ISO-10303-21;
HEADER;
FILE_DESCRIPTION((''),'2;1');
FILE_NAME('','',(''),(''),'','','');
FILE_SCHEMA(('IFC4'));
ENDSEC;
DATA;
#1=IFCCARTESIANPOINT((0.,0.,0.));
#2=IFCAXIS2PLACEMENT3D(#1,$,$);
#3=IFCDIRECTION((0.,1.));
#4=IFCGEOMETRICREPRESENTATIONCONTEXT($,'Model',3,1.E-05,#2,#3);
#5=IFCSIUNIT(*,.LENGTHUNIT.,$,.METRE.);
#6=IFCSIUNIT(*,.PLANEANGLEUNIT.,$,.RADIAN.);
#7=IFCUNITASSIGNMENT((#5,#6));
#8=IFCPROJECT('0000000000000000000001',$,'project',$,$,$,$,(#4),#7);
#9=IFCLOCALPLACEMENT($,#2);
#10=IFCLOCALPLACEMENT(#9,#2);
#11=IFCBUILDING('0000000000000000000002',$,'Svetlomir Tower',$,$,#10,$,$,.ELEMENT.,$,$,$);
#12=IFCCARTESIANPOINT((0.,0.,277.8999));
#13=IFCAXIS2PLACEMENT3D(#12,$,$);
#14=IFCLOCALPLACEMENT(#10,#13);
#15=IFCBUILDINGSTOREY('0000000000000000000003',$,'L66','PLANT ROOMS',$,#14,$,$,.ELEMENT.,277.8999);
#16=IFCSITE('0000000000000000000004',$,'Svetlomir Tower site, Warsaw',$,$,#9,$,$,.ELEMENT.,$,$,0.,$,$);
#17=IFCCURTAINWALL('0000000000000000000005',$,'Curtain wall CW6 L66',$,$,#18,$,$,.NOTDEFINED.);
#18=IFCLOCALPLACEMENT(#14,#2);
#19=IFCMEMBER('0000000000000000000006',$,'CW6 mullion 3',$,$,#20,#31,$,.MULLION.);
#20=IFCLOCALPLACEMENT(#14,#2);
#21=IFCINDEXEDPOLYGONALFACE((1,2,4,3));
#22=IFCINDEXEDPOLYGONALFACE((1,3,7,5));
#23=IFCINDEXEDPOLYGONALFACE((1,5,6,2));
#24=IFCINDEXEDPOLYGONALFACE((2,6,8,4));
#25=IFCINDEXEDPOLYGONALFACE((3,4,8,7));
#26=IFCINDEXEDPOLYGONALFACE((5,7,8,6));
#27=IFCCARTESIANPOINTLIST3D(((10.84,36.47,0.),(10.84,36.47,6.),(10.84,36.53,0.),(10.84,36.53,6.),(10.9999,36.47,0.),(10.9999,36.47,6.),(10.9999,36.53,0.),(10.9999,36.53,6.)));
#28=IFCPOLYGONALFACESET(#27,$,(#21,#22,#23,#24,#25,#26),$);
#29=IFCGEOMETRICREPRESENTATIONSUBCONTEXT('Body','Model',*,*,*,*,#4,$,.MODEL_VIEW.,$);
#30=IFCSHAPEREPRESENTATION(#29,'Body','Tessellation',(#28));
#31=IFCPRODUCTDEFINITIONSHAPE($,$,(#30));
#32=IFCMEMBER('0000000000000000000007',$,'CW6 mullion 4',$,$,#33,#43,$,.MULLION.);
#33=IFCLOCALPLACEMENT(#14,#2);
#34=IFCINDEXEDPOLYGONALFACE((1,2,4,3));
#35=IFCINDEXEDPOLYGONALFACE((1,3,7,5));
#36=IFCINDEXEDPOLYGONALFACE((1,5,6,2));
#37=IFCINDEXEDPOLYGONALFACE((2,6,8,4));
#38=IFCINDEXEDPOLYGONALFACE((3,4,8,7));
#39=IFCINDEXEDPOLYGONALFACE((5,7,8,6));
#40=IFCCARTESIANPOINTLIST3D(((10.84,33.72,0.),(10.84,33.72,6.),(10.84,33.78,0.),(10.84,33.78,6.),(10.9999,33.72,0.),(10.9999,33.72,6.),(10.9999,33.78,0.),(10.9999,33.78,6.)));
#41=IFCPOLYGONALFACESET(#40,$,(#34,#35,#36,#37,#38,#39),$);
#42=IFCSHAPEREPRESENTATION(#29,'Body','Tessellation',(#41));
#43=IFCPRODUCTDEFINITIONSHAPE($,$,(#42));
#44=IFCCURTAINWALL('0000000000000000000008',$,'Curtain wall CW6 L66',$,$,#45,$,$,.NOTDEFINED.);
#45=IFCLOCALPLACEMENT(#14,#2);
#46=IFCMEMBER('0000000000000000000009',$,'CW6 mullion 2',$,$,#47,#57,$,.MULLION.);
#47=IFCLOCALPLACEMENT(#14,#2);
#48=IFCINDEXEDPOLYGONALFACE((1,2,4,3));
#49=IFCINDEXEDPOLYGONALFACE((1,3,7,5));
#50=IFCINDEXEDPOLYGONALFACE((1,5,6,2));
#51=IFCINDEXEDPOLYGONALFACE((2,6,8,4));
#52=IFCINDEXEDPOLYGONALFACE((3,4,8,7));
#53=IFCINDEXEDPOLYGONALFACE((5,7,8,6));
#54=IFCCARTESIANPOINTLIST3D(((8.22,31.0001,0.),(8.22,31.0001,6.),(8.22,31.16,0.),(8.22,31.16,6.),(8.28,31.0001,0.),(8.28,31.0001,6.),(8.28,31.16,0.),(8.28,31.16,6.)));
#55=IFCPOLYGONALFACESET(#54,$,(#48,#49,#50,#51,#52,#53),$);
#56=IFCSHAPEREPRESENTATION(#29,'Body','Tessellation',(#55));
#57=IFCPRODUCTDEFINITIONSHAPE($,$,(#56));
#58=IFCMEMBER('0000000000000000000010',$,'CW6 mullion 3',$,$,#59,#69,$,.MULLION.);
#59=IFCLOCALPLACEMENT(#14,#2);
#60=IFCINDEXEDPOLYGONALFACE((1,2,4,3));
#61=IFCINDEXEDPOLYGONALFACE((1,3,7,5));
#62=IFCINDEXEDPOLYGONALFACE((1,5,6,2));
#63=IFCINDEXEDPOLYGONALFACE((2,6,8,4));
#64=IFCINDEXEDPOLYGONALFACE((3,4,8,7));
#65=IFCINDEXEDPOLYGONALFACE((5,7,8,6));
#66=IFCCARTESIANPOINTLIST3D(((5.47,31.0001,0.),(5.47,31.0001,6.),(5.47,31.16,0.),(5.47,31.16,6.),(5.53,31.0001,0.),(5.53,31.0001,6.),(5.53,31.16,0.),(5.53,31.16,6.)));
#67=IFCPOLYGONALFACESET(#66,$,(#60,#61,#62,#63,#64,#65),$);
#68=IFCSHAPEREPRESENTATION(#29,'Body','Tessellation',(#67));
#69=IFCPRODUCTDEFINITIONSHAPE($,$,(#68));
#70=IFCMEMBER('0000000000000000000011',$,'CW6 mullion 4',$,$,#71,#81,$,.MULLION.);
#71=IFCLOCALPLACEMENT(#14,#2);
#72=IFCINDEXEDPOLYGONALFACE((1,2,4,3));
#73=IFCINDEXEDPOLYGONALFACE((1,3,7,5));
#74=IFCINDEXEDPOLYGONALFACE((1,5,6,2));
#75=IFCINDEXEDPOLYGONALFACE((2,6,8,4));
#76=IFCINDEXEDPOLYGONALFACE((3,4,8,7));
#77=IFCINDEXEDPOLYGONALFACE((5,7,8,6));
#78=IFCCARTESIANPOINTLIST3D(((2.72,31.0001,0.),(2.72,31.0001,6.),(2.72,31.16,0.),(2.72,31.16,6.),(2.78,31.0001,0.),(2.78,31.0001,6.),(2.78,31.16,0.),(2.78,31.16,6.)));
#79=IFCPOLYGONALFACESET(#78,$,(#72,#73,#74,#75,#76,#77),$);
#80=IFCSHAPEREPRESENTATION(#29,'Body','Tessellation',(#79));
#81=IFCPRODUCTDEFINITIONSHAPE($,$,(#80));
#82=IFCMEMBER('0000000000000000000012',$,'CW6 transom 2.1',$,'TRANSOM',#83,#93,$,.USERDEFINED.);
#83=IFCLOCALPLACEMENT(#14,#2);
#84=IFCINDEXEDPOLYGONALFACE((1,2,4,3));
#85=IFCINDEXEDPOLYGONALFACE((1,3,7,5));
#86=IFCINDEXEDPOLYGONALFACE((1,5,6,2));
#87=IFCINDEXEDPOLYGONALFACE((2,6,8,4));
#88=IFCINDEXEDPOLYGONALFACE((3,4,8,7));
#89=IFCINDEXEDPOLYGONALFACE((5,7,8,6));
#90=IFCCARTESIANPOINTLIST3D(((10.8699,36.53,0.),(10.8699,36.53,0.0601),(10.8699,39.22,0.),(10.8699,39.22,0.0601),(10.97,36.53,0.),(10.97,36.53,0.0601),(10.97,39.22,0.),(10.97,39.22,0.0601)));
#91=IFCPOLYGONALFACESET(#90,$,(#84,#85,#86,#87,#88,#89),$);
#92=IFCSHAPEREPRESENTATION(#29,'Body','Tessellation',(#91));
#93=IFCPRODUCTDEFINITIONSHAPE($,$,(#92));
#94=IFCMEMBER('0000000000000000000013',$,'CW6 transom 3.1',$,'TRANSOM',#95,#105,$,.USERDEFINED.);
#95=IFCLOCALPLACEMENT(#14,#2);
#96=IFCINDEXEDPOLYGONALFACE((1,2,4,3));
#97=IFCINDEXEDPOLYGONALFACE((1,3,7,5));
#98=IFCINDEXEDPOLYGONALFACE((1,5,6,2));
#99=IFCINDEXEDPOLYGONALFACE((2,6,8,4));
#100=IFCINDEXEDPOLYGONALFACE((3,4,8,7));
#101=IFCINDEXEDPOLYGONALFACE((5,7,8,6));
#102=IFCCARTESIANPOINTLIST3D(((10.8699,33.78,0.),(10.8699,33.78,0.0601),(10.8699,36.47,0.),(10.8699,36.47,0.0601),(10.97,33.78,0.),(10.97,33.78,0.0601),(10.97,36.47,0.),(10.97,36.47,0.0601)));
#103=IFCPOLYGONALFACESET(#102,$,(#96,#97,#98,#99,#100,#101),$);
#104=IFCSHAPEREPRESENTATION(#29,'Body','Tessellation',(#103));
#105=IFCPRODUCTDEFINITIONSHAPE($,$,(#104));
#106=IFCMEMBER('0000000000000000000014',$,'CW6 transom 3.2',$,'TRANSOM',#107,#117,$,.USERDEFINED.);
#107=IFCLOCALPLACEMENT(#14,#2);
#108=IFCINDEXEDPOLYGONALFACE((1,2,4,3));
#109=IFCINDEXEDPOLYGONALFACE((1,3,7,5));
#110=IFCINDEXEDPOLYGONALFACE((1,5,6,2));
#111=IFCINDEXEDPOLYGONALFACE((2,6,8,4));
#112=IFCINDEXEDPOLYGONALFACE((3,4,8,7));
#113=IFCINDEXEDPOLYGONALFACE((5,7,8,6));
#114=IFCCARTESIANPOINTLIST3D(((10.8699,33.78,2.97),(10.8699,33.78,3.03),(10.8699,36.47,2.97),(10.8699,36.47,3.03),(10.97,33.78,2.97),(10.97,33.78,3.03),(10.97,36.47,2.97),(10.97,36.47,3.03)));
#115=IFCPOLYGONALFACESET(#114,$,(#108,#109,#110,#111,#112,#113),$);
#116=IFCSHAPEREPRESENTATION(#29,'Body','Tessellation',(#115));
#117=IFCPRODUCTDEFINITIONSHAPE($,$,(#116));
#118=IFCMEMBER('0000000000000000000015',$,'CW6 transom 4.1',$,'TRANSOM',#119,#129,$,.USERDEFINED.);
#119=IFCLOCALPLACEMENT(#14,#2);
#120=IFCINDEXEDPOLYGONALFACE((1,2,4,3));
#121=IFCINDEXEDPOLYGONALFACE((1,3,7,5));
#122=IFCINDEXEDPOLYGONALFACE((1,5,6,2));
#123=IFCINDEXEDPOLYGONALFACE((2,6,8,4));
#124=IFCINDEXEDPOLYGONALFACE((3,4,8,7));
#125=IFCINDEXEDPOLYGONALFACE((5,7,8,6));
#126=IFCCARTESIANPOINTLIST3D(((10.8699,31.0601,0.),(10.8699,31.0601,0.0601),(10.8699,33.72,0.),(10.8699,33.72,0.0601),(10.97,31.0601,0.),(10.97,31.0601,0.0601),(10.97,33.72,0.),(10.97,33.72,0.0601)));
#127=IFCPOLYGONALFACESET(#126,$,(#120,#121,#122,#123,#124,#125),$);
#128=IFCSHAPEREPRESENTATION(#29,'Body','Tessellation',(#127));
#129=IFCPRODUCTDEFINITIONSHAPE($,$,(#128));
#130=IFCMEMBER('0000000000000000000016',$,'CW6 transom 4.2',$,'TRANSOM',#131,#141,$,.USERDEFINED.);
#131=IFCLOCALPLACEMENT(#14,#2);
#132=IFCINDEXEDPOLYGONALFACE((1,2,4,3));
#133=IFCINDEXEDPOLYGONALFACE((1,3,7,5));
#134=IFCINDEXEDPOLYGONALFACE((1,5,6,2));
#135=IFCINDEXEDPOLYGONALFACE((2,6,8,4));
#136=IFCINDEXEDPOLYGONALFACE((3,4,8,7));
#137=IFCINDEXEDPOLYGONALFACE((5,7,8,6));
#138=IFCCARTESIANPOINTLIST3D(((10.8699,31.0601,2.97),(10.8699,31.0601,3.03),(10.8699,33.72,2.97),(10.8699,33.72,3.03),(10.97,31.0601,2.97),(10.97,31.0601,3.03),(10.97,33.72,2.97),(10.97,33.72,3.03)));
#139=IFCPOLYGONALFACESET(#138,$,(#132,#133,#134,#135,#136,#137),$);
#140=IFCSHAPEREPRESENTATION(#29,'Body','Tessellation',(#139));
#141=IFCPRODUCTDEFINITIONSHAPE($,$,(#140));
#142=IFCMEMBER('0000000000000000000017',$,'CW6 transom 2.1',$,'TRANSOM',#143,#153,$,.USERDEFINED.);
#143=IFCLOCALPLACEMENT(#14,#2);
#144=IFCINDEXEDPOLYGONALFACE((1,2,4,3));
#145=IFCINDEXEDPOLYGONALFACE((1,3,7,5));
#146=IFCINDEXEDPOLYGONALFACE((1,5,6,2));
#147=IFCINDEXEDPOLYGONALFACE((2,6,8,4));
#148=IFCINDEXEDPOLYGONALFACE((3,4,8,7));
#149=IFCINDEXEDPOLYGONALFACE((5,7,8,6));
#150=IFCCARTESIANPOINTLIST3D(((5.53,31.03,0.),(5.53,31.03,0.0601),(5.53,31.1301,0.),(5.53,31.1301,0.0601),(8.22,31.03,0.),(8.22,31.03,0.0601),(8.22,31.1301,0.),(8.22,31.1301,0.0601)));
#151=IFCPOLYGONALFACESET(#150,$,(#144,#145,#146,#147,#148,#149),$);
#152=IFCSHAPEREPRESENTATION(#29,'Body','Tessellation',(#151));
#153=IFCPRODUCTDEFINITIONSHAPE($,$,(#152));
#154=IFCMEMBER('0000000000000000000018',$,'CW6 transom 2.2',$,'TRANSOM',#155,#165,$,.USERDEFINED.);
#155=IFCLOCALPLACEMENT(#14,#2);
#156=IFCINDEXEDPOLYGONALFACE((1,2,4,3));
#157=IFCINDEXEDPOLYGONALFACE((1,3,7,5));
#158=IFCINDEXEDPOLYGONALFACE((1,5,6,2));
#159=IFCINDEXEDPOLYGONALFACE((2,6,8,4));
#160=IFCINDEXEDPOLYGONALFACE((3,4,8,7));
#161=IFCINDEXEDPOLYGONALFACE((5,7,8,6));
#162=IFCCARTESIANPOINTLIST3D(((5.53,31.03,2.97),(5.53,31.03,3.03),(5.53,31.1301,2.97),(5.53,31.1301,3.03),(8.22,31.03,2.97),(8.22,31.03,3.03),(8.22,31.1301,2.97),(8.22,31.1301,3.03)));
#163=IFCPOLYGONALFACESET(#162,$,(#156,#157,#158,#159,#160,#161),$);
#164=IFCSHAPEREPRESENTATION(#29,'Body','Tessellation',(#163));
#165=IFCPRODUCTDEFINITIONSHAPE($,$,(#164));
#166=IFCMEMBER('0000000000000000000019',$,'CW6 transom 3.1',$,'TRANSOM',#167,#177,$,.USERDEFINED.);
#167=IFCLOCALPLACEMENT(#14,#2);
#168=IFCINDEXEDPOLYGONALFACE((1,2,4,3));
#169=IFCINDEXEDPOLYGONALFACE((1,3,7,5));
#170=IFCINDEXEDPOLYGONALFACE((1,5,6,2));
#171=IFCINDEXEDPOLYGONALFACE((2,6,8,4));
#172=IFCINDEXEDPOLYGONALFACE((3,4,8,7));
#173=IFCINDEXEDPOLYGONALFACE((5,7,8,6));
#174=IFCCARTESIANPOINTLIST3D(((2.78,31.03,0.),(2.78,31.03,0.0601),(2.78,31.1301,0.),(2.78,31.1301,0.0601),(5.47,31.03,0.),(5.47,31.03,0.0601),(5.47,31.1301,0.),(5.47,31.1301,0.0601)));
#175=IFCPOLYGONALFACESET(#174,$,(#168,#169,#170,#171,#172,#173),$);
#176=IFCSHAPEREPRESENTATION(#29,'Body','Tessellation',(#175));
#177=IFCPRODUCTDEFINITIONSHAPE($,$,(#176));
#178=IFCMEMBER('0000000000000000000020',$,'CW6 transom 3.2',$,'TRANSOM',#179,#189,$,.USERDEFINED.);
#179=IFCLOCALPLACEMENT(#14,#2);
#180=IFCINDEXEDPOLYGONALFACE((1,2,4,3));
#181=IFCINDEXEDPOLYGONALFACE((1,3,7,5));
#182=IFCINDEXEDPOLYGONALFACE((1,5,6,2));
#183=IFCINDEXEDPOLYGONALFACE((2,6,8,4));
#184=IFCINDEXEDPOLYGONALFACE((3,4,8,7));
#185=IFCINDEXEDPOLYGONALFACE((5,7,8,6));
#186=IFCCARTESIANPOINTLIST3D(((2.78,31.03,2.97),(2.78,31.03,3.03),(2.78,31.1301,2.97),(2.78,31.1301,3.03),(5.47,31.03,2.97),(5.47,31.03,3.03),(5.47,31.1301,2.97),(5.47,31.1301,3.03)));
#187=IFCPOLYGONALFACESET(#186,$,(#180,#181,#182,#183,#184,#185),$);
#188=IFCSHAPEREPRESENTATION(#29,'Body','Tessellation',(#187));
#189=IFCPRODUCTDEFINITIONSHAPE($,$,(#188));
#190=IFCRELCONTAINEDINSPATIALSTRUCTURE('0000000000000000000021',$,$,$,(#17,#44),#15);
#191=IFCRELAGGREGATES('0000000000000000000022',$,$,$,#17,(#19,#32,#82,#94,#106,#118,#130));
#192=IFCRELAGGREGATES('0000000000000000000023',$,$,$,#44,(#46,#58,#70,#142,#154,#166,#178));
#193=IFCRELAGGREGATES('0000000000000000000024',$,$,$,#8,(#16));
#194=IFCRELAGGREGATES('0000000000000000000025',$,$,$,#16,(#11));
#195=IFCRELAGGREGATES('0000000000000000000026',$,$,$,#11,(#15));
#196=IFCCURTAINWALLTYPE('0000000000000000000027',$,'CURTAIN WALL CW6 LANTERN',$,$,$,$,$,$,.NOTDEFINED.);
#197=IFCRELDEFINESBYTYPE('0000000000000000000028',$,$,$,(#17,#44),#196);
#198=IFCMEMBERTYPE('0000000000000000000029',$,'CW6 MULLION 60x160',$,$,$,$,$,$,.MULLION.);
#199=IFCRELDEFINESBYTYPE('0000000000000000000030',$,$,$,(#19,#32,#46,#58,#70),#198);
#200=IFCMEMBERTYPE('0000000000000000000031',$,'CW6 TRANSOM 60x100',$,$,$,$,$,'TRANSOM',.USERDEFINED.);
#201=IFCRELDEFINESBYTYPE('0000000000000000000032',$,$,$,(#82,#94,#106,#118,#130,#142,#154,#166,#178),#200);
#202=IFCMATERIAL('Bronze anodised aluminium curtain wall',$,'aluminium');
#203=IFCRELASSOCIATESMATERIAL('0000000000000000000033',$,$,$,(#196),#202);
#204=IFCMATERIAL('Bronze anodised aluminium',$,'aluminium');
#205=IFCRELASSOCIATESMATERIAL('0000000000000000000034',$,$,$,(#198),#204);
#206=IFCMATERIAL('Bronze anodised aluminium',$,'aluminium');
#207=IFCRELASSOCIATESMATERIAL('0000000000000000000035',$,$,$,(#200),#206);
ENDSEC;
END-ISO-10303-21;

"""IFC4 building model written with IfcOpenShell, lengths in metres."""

from ifc_helpers import new_model, si_unit, direction, frame, origin, origin_2d, place, context, subcontext, project, spatial, rectangle, extrude, material, material_profile, profile_set, type_object, element, aggregate, save


model = new_model("IFC4")

# Units and contexts
model_context = context("Model", 3, precision=1e-05, world=origin(), true_north=direction((0.0, 1.0)))
body_context = subcontext(model_context, "Body", "Model", "MODEL_VIEW")
ifc_project = project(units=[si_unit("LENGTHUNIT", "METRE"), si_unit("PLANEANGLEUNIT", "RADIAN")], contexts=[model_context])

# Site, building, storey
site_placement = place(None, origin())
site = spatial("IfcSite", under=ifc_project, at=site_placement, Name="Svetlomir Tower site, Warsaw", CompositionType="ELEMENT", RefElevation=0.0)
building_placement = place(site_placement, origin())
building = spatial("IfcBuilding", under=site, at=building_placement, Name="Svetlomir Tower", CompositionType="ELEMENT")
storey_placement = place(building_placement, frame((0.0, 0.0, 277.8999)))
storey = spatial("IfcBuildingStorey", under=building, at=storey_placement, Name="L66", Description="PLANT ROOMS", CompositionType="ELEMENT", Elevation=277.8999)

# Curtain walls, members
ifc_material_1 = material(Name="Bronze anodised aluminium curtain wall", Category="aluminium")
curtain_wall_type = type_object("IfcCurtainWallType", Name="CURTAIN WALL CW6 LANTERN", PredefinedType="NOTDEFINED", material=ifc_material_1)
curtain_wall_1_placement = place(storey_placement, origin())
curtain_wall_1 = element("IfcCurtainWall", 1, at=curtain_wall_1_placement, inside=storey, type_object=curtain_wall_type, Name="Curtain wall CW6 L66", PredefinedType="NOTDEFINED")
ifc_material_2 = material(Name="Bronze anodised aluminium", Category="aluminium")
ifc_material_profile_1 = material_profile(ifc_material_2, rectangle(XDim=0.0601, YDim=0.1599, at=origin_2d()), Name="AL 60x160")
ifc_profile_set_1 = profile_set([ifc_material_profile_1], Name="Bronze anodised aluminium 6063-T6")
member_type_1 = type_object("IfcMemberType", Name="CW6 MULLION 60x160", PredefinedType="MULLION", material=ifc_profile_set_1)
member_1_placement = place(storey_placement, frame((10.9199, 36.5, 0.0), z_axis=(0.0, 0.0, 1.0), x_axis=(0.0, -1.0, 0.0)))
member_1 = element("IfcMember", 2, at=member_1_placement, type_object=member_type_1, Name="CW6 mullion 3", PredefinedType="MULLION", context=body_context, shape_type="SweptSolid", body=[
    extrude(rectangle(XDim=0.0601, YDim=0.1599, at=origin_2d()), origin(), (0.0, 0.0, 1.0), 6.0),
])
member_2_placement = place(storey_placement, frame((10.9199, 33.75, 0.0), z_axis=(0.0, 0.0, 1.0), x_axis=(0.0, -1.0, 0.0)))
member_2 = element("IfcMember", 3, at=member_2_placement, type_object=member_type_1, Name="CW6 mullion 4", PredefinedType="MULLION", context=body_context, shape_type="SweptSolid", body=[
    extrude(rectangle(XDim=0.0601, YDim=0.1599, at=origin_2d()), origin(), (0.0, 0.0, 1.0), 6.0),
])
curtain_wall_2_placement = place(storey_placement, origin())
curtain_wall_2 = element("IfcCurtainWall", 4, at=curtain_wall_2_placement, inside=storey, type_object=curtain_wall_type, Name="Curtain wall CW6 L66", PredefinedType="NOTDEFINED")
member_3_placement = place(storey_placement, frame((8.25, 31.0801, 0.0), z_axis=(0.0, 0.0, 1.0), x_axis=(-1.0, 0.0, 0.0)))
member_3 = element("IfcMember", 5, at=member_3_placement, type_object=member_type_1, Name="CW6 mullion 2", PredefinedType="MULLION", context=body_context, shape_type="SweptSolid", body=[
    extrude(rectangle(XDim=0.0601, YDim=0.1599, at=origin_2d()), origin(), (0.0, 0.0, 1.0), 6.0),
])
member_4_placement = place(storey_placement, frame((5.5, 31.0801, 0.0), z_axis=(0.0, 0.0, 1.0), x_axis=(-1.0, 0.0, 0.0)))
member_4 = element("IfcMember", 6, at=member_4_placement, type_object=member_type_1, Name="CW6 mullion 3", PredefinedType="MULLION", context=body_context, shape_type="SweptSolid", body=[
    extrude(rectangle(XDim=0.0601, YDim=0.1599, at=origin_2d()), origin(), (0.0, 0.0, 1.0), 6.0),
])
member_5_placement = place(storey_placement, frame((2.75, 31.0801, 0.0), z_axis=(0.0, 0.0, 1.0), x_axis=(-1.0, 0.0, 0.0)))
member_5 = element("IfcMember", 7, at=member_5_placement, type_object=member_type_1, Name="CW6 mullion 4", PredefinedType="MULLION", context=body_context, shape_type="SweptSolid", body=[
    extrude(rectangle(XDim=0.0601, YDim=0.1599, at=origin_2d()), origin(), (0.0, 0.0, 1.0), 6.0),
])

# Members
ifc_material_3 = material(Name="Bronze anodised aluminium", Category="aluminium")
ifc_material_profile_2 = material_profile(ifc_material_3, rectangle(XDim=0.1001, YDim=0.0601, at=origin_2d()), Name="AL 100x60")
ifc_profile_set_2 = profile_set([ifc_material_profile_2], Name="Bronze anodised aluminium 6063-T6")
member_type_2 = type_object("IfcMemberType", Name="CW6 TRANSOM 60x100", ElementType="TRANSOM", PredefinedType="USERDEFINED", material=ifc_profile_set_2)
member_6_placement = place(storey_placement, frame((10.9199, 39.22, 0.03), z_axis=(0.0, -1.0, 0.0), x_axis=(1.0, 0.0, 0.0)))
member_6 = element("IfcMember", 8, at=member_6_placement, type_object=member_type_2, Name="CW6 transom 2.1", ObjectType="TRANSOM", PredefinedType="USERDEFINED", context=body_context, shape_type="SweptSolid", body=[
    extrude(rectangle(XDim=0.1001, YDim=0.0601, at=origin_2d()), origin(), (0.0, 0.0, 1.0), 2.6899),
])
member_7_placement = place(storey_placement, frame((10.9199, 36.47, 0.03), z_axis=(0.0, -1.0, 0.0), x_axis=(1.0, 0.0, 0.0)))
member_7 = element("IfcMember", 9, at=member_7_placement, type_object=member_type_2, Name="CW6 transom 3.1", ObjectType="TRANSOM", PredefinedType="USERDEFINED", context=body_context, shape_type="SweptSolid", body=[
    extrude(rectangle(XDim=0.1001, YDim=0.0601, at=origin_2d()), origin(), (0.0, 0.0, 1.0), 2.6899),
])
member_8_placement = place(storey_placement, frame((10.9199, 36.47, 3.0), z_axis=(0.0, -1.0, 0.0), x_axis=(1.0, 0.0, 0.0)))
member_8 = element("IfcMember", 10, at=member_8_placement, type_object=member_type_2, Name="CW6 transom 3.2", ObjectType="TRANSOM", PredefinedType="USERDEFINED", context=body_context, shape_type="SweptSolid", body=[
    extrude(rectangle(XDim=0.1001, YDim=0.0601, at=origin_2d()), origin(), (0.0, 0.0, 1.0), 2.6899),
])
member_9_placement = place(storey_placement, frame((10.9199, 33.72, 0.03), z_axis=(0.0, -1.0, 0.0), x_axis=(1.0, 0.0, 0.0)))
member_9 = element("IfcMember", 11, at=member_9_placement, type_object=member_type_2, Name="CW6 transom 4.1", ObjectType="TRANSOM", PredefinedType="USERDEFINED", context=body_context, shape_type="SweptSolid", body=[
    extrude(rectangle(XDim=0.1001, YDim=0.0601, at=origin_2d()), origin(), (0.0, 0.0, 1.0), 2.6599),
])
member_10_placement = place(storey_placement, frame((10.9199, 33.72, 3.0), z_axis=(0.0, -1.0, 0.0), x_axis=(1.0, 0.0, 0.0)))
member_10 = element("IfcMember", 12, at=member_10_placement, type_object=member_type_2, Name="CW6 transom 4.2", ObjectType="TRANSOM", PredefinedType="USERDEFINED", context=body_context, shape_type="SweptSolid", body=[
    extrude(rectangle(XDim=0.1001, YDim=0.0601, at=origin_2d()), origin(), (0.0, 0.0, 1.0), 2.6599),
])
member_11_placement = place(storey_placement, frame((8.22, 31.0801, 0.03), z_axis=(-1.0, 0.0, 0.0), x_axis=(0.0, -1.0, 0.0)))
member_11 = element("IfcMember", 13, at=member_11_placement, type_object=member_type_2, Name="CW6 transom 2.1", ObjectType="TRANSOM", PredefinedType="USERDEFINED", context=body_context, shape_type="SweptSolid", body=[
    extrude(rectangle(XDim=0.1001, YDim=0.0601, at=origin_2d()), origin(), (0.0, 0.0, 1.0), 2.6899),
])
member_12_placement = place(storey_placement, frame((8.22, 31.0801, 3.0), z_axis=(-1.0, 0.0, 0.0), x_axis=(0.0, -1.0, 0.0)))
member_12 = element("IfcMember", 14, at=member_12_placement, type_object=member_type_2, Name="CW6 transom 2.2", ObjectType="TRANSOM", PredefinedType="USERDEFINED", context=body_context, shape_type="SweptSolid", body=[
    extrude(rectangle(XDim=0.1001, YDim=0.0601, at=origin_2d()), origin(), (0.0, 0.0, 1.0), 2.6899),
])
member_13_placement = place(storey_placement, frame((5.47, 31.0801, 0.03), z_axis=(-1.0, 0.0, 0.0), x_axis=(0.0, -1.0, 0.0)))
member_13 = element("IfcMember", 15, at=member_13_placement, type_object=member_type_2, Name="CW6 transom 3.1", ObjectType="TRANSOM", PredefinedType="USERDEFINED", context=body_context, shape_type="SweptSolid", body=[
    extrude(rectangle(XDim=0.1001, YDim=0.0601, at=origin_2d()), origin(), (0.0, 0.0, 1.0), 2.6899),
])
member_14_placement = place(storey_placement, frame((5.47, 31.0801, 3.0), z_axis=(-1.0, 0.0, 0.0), x_axis=(0.0, -1.0, 0.0)))
member_14 = element("IfcMember", 16, at=member_14_placement, type_object=member_type_2, Name="CW6 transom 3.2", ObjectType="TRANSOM", PredefinedType="USERDEFINED", context=body_context, shape_type="SweptSolid", body=[
    extrude(rectangle(XDim=0.1001, YDim=0.0601, at=origin_2d()), origin(), (0.0, 0.0, 1.0), 2.6899),
])

aggregate(curtain_wall_1, [member_1, member_2, member_6, member_7, member_8, member_9, member_10])
aggregate(curtain_wall_2, [member_3, member_4, member_5, member_11, member_12, member_13, member_14])

save(model, "model.ifc")
